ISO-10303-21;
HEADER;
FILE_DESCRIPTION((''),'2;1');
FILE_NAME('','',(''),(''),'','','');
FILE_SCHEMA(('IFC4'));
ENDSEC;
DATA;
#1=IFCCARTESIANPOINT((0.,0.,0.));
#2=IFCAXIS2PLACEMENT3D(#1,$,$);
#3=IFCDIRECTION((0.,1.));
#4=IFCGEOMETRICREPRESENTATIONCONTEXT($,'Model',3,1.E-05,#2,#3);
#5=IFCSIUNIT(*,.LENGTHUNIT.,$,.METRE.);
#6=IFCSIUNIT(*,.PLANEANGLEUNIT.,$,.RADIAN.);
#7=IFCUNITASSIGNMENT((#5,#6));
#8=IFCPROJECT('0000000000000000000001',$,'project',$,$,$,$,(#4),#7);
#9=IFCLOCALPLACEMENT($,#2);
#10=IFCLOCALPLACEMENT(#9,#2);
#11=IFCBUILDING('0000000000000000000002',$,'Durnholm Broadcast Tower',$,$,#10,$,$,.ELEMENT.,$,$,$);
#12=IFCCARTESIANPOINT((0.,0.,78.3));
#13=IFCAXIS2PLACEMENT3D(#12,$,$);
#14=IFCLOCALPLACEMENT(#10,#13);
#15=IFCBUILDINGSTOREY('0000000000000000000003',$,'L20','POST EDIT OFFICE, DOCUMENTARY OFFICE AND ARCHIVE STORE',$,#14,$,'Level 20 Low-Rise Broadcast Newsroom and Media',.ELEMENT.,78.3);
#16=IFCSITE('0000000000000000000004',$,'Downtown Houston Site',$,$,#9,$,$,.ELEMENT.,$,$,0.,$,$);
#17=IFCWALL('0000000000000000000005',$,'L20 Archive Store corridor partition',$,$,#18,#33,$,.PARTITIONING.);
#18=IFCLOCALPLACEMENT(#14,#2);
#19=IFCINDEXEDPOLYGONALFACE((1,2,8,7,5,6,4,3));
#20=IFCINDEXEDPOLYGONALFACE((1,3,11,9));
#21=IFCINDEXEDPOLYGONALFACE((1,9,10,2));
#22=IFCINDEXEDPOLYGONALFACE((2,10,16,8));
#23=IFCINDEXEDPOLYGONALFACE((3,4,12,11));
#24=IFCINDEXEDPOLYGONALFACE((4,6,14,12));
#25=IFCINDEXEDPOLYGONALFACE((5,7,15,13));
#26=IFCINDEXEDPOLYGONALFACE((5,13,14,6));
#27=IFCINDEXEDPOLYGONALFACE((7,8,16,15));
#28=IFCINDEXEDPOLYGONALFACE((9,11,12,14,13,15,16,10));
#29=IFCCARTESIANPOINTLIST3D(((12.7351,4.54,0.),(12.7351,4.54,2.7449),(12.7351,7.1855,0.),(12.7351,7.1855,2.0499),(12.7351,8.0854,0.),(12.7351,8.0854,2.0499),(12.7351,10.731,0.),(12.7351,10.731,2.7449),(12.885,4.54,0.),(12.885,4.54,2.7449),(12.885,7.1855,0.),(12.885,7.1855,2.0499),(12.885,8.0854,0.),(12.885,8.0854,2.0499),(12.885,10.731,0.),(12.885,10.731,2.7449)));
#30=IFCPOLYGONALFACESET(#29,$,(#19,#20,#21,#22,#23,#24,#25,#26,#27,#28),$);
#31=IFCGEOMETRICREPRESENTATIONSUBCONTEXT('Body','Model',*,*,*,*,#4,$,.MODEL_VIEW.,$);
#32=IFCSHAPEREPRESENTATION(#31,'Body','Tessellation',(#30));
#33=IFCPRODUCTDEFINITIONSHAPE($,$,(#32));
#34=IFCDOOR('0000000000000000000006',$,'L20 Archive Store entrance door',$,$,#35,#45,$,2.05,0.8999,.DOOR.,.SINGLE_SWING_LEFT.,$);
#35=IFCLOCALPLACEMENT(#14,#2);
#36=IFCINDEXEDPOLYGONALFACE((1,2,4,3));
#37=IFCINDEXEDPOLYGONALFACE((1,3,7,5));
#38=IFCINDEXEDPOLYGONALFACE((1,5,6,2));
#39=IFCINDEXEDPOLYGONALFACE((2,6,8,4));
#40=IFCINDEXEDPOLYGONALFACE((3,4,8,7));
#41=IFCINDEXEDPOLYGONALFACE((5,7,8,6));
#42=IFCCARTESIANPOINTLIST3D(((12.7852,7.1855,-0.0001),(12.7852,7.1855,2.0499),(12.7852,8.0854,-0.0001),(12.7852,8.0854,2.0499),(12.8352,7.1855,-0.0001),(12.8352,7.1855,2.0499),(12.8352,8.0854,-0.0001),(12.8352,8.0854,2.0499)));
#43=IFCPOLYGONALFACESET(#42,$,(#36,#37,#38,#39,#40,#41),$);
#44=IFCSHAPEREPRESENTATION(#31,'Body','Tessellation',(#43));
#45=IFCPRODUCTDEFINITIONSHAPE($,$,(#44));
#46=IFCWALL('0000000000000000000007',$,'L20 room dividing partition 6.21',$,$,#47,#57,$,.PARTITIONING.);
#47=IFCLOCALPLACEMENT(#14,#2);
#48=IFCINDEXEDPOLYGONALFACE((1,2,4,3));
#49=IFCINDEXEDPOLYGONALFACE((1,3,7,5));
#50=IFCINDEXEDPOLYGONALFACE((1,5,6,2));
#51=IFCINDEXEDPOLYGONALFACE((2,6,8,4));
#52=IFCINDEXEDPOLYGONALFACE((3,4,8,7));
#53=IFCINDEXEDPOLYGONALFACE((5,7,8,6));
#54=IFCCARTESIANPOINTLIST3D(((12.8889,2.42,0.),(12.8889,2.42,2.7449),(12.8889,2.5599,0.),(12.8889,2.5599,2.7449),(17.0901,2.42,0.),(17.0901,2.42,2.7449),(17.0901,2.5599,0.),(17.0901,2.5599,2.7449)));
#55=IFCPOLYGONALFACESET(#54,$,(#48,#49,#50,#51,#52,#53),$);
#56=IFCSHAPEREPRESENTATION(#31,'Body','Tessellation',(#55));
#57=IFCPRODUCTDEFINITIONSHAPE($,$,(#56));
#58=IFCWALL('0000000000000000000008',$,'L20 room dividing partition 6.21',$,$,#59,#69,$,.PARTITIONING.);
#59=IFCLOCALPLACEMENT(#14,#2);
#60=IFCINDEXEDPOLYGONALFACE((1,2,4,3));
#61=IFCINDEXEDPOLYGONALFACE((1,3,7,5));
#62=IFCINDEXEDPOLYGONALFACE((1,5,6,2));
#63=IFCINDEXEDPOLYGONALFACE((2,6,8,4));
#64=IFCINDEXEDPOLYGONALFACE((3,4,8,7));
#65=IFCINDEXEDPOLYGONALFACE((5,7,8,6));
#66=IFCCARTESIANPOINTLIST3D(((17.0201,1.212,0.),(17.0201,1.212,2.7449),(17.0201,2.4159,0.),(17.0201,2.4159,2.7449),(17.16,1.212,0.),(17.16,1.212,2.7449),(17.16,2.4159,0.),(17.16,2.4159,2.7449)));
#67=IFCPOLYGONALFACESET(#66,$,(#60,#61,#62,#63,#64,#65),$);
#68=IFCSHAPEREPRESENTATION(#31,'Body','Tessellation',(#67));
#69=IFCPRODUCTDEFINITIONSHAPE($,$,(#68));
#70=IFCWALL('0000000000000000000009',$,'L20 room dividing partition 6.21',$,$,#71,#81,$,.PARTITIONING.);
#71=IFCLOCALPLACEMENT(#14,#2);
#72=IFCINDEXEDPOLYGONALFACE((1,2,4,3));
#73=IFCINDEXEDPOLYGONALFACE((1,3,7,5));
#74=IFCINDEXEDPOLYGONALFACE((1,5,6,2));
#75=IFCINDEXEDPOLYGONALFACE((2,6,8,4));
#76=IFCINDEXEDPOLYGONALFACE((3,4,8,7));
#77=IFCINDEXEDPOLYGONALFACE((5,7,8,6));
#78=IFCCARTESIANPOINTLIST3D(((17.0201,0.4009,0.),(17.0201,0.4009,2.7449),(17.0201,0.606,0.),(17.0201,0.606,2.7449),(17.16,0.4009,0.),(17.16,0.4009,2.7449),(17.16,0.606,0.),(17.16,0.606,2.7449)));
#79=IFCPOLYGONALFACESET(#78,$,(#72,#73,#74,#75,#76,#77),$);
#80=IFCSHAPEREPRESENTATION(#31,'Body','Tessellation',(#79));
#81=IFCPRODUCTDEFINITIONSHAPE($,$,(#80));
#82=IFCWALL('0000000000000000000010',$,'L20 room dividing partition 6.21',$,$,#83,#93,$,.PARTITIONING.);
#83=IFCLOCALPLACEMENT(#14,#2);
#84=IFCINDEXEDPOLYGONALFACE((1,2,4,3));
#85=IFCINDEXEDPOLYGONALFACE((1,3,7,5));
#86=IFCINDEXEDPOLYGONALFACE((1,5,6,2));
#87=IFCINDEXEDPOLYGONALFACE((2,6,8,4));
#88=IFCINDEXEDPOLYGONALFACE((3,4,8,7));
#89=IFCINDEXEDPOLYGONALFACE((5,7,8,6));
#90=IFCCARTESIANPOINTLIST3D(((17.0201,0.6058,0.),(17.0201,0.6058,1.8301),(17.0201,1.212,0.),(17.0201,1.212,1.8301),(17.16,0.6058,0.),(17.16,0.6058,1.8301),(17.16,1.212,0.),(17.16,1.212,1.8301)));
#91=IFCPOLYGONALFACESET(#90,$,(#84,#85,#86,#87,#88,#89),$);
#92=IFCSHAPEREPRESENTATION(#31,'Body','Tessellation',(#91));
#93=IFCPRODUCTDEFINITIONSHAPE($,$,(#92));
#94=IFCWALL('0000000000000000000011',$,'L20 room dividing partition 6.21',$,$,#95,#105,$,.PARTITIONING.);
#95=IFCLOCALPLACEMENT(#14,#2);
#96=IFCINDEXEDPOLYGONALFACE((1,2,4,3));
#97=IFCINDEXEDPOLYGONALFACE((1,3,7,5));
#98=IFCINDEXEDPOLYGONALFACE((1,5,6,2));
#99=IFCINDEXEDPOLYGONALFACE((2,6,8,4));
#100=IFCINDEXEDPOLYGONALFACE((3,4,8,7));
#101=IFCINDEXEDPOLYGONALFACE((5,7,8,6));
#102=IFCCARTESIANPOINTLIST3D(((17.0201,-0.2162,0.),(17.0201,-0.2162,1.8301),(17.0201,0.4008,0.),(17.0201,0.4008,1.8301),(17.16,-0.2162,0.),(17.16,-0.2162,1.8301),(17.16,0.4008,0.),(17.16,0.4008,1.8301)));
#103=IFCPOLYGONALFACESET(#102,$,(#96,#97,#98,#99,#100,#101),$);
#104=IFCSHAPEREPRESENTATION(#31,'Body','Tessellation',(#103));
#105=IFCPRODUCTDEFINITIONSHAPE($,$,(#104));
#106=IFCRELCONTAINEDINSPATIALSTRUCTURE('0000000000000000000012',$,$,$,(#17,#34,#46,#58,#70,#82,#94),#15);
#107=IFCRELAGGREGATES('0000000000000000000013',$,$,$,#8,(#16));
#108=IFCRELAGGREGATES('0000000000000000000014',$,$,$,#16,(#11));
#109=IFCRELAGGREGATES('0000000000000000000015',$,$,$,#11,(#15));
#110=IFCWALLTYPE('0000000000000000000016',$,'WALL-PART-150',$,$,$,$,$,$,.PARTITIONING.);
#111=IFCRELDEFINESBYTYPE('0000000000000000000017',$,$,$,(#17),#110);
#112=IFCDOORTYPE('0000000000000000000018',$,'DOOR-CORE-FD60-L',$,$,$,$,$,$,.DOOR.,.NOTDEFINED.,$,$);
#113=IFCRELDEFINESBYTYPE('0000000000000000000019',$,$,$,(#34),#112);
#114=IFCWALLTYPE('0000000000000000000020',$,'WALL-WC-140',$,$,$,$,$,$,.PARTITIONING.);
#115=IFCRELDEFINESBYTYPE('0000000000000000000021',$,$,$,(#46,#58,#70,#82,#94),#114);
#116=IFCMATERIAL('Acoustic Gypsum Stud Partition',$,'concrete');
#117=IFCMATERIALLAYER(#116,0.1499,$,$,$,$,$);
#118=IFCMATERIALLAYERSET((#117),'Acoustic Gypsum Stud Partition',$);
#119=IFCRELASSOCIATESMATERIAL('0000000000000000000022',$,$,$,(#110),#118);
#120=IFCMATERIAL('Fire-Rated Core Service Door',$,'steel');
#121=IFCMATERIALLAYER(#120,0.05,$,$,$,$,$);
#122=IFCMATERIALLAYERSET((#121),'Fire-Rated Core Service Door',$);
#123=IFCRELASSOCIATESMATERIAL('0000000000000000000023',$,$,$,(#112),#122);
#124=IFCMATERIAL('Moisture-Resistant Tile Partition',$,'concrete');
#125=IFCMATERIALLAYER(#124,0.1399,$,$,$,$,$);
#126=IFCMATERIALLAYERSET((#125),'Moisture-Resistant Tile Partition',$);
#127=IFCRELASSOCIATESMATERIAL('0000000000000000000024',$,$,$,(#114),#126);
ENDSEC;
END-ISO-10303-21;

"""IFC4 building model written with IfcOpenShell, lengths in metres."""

from ifc_helpers import new_model, si_unit, direction, frame, frame_2d, origin, place, context, subcontext, project, spatial, rectangle, extrude, source, transform, mapped, material, layer, layer_set, type_object, type_shapes, element, fill, save


model = new_model("IFC4")

# Units and contexts
model_context = context("Model", 3, precision=1e-05, world=origin(), true_north=direction((0.0, 1.0)))
body_context = subcontext(model_context, "Body", "Model", "MODEL_VIEW")
ifc_project = project(units=[si_unit("LENGTHUNIT", "METRE"), si_unit("PLANEANGLEUNIT", "RADIAN")], contexts=[model_context])

# Site, building, storey
site_placement = place(None, origin())
site = spatial("IfcSite", under=ifc_project, at=site_placement, Name="Downtown Houston Site", CompositionType="ELEMENT", RefElevation=0.0)
building_placement = place(site_placement, origin())
building = spatial("IfcBuilding", under=site, at=building_placement, Name="Durnholm Broadcast Tower", CompositionType="ELEMENT")
storey_placement = place(building_placement, frame((0.0, 0.0, 78.3)))
storey = spatial("IfcBuildingStorey", under=building, at=storey_placement, Name="L20", Description="POST EDIT OFFICE, DOCUMENTARY OFFICE AND ARCHIVE STORE", LongName="Level 20 Low-Rise Broadcast Newsroom and Media", CompositionType="ELEMENT", Elevation=78.3)

# Wall, opening, door
ifc_material_1 = material(Name="Acoustic Gypsum Stud Partition", Category="concrete")
ifc_layer_1 = layer(ifc_material_1, 0.1499)
ifc_layer_set_1 = layer_set([ifc_layer_1], Name="Acoustic Gypsum Stud Partition")
wall_type_1 = type_object("IfcWallType", Name="WALL-PART-150", PredefinedType="PARTITIONING", material=ifc_layer_set_1)
wall_1_placement = place(storey_placement, frame((12.8101, 4.54, 0.0), z_axis=(0.0, 0.0, 1.0), x_axis=(0.0, 1.0, 0.0)))
wall_1 = element("IfcWall", 1, at=wall_1_placement, inside=storey, type_object=wall_type_1, Name="L20 Archive Store corridor partition", PredefinedType="PARTITIONING", context=body_context, shape_type="SweptSolid", body=[
    extrude(rectangle(XDim=6.1909, YDim=0.1499, at=frame_2d((3.0955, 0.0))), origin(), (0.0, 0.0, 1.0), 2.7449),
])
opening_1_placement = place(wall_1_placement, frame((2.6455, 0.0, 0.0)))
opening_1 = element("IfcOpeningElement", 2, at=opening_1_placement, cuts=wall_1, PredefinedType="OPENING", context=body_context, shape_type="SweptSolid", body=[
    extrude(rectangle(XDim=0.8999, YDim=2.05, at=frame_2d((0.45, 1.0249))), frame((0.0, 0.085, 0.0), z_axis=(0.0, -1.0, 0.0), x_axis=(1.0, 0.0, 0.0)), (0.0, 0.0, 1.0), 0.1699),
])
ifc_material_2 = material(Name="Fire-Rated Core Service Door", Category="steel")
ifc_layer_2 = layer(ifc_material_2, 0.05)
ifc_layer_set_2 = layer_set([ifc_layer_2], Name="Fire-Rated Core Service Door")
door_type_1 = type_object("IfcDoorType", Name="DOOR-CORE-FD60-L", OperationType="NOTDEFINED", PredefinedType="DOOR", material=ifc_layer_set_2)
shared_shape_1 = source(origin(), body_context, "Body", "SweptSolid", [
    extrude(rectangle(XDim=0.8999, YDim=2.05, at=frame_2d((0.45, 1.0249))), frame((0.0, 0.0249, 0.0), z_axis=(0.0, -1.0, 0.0), x_axis=(1.0, 0.0, 0.0)), (0.0, 0.0, 1.0), 0.05),
])
type_shapes(door_type_1, [shared_shape_1])
door_1_placement = place(opening_1_placement, origin())
door_1 = element("IfcDoor", 3, at=door_1_placement, inside=storey, type_object=door_type_1, Name="L20 Archive Store entrance door", OperationType="SINGLE_SWING_LEFT", OverallHeight=2.05, OverallWidth=0.8999, PredefinedType="DOOR", context=body_context, shape_type="MappedRepresentation", body=[
    mapped(shared_shape_1, transform((0.0, 0.0, 0.0), x_axis=(1.0, 0.0, 0.0), y_axis=(0.0, 1.0, 0.0), z_axis=(0.0, 0.0, 1.0), scale=1.0)),
])
fill(opening_1, door_1)

# Walls
ifc_material_3 = material(Name="Moisture-Resistant Tile Partition", Category="concrete")
ifc_layer_3 = layer(ifc_material_3, 0.1399)
ifc_layer_set_3 = layer_set([ifc_layer_3], Name="Moisture-Resistant Tile Partition")
wall_type_2 = type_object("IfcWallType", Name="WALL-WC-140", PredefinedType="PARTITIONING", material=ifc_layer_set_3)
wall_2_placement = place(storey_placement, frame((12.8889, 2.49, 0.0), z_axis=(0.0, 0.0, 1.0), x_axis=(1.0, 0.0, 0.0)))
element("IfcWall", 4, at=wall_2_placement, inside=storey, type_object=wall_type_2, Name="L20 room dividing partition 6.21", PredefinedType="PARTITIONING", context=body_context, shape_type="SweptSolid", body=[
    extrude(rectangle(XDim=4.2012, YDim=0.1399, at=frame_2d((2.1006, 0.0))), origin(), (0.0, 0.0, 1.0), 2.7449),
])
wall_3_placement = place(storey_placement, frame((17.0901, 2.416, 0.0), z_axis=(0.0, 0.0, 1.0), x_axis=(0.0, -1.0, 0.0)))
element("IfcWall", 5, at=wall_3_placement, inside=storey, type_object=wall_type_2, Name="L20 room dividing partition 6.21", PredefinedType="PARTITIONING", context=body_context, shape_type="SweptSolid", body=[
    extrude(rectangle(XDim=1.2039, YDim=0.1399, at=frame_2d((0.6021, 0.0))), origin(), (0.0, 0.0, 1.0), 2.7449),
])
wall_4_placement = place(storey_placement, frame((17.0901, 0.606, 0.0), z_axis=(0.0, 0.0, 1.0), x_axis=(0.0, -1.0, 0.0)))
element("IfcWall", 6, at=wall_4_placement, inside=storey, type_object=wall_type_2, Name="L20 room dividing partition 6.21", PredefinedType="PARTITIONING", context=body_context, shape_type="SweptSolid", body=[
    extrude(rectangle(XDim=0.2051, YDim=0.1399, at=frame_2d((0.1025, 0.0))), origin(), (0.0, 0.0, 1.0), 2.7449),
])
wall_5_placement = place(storey_placement, frame((17.0901, 1.2122, 0.0), z_axis=(0.0, 0.0, 1.0), x_axis=(0.0, -1.0, 0.0)))
element("IfcWall", 7, at=wall_5_placement, inside=storey, type_object=wall_type_2, Name="L20 room dividing partition 6.21", PredefinedType="PARTITIONING", context=body_context, shape_type="SweptSolid", body=[
    extrude(rectangle(XDim=0.6062, YDim=0.1399, at=frame_2d((0.3032, 0.0))), origin(), (0.0, 0.0, 1.0), 1.8301),
])
wall_6_placement = place(storey_placement, frame((17.0901, 0.4009, 0.0), z_axis=(0.0, 0.0, 1.0), x_axis=(0.0, -1.0, 0.0)))
element("IfcWall", 8, at=wall_6_placement, inside=storey, type_object=wall_type_2, Name="L20 room dividing partition 6.21", PredefinedType="PARTITIONING", context=body_context, shape_type="SweptSolid", body=[
    extrude(rectangle(XDim=0.6169, YDim=0.1399, at=frame_2d((0.3086, 0.0))), origin(), (0.0, 0.0, 1.0), 1.8301),
])

save(model, "model.ifc")
